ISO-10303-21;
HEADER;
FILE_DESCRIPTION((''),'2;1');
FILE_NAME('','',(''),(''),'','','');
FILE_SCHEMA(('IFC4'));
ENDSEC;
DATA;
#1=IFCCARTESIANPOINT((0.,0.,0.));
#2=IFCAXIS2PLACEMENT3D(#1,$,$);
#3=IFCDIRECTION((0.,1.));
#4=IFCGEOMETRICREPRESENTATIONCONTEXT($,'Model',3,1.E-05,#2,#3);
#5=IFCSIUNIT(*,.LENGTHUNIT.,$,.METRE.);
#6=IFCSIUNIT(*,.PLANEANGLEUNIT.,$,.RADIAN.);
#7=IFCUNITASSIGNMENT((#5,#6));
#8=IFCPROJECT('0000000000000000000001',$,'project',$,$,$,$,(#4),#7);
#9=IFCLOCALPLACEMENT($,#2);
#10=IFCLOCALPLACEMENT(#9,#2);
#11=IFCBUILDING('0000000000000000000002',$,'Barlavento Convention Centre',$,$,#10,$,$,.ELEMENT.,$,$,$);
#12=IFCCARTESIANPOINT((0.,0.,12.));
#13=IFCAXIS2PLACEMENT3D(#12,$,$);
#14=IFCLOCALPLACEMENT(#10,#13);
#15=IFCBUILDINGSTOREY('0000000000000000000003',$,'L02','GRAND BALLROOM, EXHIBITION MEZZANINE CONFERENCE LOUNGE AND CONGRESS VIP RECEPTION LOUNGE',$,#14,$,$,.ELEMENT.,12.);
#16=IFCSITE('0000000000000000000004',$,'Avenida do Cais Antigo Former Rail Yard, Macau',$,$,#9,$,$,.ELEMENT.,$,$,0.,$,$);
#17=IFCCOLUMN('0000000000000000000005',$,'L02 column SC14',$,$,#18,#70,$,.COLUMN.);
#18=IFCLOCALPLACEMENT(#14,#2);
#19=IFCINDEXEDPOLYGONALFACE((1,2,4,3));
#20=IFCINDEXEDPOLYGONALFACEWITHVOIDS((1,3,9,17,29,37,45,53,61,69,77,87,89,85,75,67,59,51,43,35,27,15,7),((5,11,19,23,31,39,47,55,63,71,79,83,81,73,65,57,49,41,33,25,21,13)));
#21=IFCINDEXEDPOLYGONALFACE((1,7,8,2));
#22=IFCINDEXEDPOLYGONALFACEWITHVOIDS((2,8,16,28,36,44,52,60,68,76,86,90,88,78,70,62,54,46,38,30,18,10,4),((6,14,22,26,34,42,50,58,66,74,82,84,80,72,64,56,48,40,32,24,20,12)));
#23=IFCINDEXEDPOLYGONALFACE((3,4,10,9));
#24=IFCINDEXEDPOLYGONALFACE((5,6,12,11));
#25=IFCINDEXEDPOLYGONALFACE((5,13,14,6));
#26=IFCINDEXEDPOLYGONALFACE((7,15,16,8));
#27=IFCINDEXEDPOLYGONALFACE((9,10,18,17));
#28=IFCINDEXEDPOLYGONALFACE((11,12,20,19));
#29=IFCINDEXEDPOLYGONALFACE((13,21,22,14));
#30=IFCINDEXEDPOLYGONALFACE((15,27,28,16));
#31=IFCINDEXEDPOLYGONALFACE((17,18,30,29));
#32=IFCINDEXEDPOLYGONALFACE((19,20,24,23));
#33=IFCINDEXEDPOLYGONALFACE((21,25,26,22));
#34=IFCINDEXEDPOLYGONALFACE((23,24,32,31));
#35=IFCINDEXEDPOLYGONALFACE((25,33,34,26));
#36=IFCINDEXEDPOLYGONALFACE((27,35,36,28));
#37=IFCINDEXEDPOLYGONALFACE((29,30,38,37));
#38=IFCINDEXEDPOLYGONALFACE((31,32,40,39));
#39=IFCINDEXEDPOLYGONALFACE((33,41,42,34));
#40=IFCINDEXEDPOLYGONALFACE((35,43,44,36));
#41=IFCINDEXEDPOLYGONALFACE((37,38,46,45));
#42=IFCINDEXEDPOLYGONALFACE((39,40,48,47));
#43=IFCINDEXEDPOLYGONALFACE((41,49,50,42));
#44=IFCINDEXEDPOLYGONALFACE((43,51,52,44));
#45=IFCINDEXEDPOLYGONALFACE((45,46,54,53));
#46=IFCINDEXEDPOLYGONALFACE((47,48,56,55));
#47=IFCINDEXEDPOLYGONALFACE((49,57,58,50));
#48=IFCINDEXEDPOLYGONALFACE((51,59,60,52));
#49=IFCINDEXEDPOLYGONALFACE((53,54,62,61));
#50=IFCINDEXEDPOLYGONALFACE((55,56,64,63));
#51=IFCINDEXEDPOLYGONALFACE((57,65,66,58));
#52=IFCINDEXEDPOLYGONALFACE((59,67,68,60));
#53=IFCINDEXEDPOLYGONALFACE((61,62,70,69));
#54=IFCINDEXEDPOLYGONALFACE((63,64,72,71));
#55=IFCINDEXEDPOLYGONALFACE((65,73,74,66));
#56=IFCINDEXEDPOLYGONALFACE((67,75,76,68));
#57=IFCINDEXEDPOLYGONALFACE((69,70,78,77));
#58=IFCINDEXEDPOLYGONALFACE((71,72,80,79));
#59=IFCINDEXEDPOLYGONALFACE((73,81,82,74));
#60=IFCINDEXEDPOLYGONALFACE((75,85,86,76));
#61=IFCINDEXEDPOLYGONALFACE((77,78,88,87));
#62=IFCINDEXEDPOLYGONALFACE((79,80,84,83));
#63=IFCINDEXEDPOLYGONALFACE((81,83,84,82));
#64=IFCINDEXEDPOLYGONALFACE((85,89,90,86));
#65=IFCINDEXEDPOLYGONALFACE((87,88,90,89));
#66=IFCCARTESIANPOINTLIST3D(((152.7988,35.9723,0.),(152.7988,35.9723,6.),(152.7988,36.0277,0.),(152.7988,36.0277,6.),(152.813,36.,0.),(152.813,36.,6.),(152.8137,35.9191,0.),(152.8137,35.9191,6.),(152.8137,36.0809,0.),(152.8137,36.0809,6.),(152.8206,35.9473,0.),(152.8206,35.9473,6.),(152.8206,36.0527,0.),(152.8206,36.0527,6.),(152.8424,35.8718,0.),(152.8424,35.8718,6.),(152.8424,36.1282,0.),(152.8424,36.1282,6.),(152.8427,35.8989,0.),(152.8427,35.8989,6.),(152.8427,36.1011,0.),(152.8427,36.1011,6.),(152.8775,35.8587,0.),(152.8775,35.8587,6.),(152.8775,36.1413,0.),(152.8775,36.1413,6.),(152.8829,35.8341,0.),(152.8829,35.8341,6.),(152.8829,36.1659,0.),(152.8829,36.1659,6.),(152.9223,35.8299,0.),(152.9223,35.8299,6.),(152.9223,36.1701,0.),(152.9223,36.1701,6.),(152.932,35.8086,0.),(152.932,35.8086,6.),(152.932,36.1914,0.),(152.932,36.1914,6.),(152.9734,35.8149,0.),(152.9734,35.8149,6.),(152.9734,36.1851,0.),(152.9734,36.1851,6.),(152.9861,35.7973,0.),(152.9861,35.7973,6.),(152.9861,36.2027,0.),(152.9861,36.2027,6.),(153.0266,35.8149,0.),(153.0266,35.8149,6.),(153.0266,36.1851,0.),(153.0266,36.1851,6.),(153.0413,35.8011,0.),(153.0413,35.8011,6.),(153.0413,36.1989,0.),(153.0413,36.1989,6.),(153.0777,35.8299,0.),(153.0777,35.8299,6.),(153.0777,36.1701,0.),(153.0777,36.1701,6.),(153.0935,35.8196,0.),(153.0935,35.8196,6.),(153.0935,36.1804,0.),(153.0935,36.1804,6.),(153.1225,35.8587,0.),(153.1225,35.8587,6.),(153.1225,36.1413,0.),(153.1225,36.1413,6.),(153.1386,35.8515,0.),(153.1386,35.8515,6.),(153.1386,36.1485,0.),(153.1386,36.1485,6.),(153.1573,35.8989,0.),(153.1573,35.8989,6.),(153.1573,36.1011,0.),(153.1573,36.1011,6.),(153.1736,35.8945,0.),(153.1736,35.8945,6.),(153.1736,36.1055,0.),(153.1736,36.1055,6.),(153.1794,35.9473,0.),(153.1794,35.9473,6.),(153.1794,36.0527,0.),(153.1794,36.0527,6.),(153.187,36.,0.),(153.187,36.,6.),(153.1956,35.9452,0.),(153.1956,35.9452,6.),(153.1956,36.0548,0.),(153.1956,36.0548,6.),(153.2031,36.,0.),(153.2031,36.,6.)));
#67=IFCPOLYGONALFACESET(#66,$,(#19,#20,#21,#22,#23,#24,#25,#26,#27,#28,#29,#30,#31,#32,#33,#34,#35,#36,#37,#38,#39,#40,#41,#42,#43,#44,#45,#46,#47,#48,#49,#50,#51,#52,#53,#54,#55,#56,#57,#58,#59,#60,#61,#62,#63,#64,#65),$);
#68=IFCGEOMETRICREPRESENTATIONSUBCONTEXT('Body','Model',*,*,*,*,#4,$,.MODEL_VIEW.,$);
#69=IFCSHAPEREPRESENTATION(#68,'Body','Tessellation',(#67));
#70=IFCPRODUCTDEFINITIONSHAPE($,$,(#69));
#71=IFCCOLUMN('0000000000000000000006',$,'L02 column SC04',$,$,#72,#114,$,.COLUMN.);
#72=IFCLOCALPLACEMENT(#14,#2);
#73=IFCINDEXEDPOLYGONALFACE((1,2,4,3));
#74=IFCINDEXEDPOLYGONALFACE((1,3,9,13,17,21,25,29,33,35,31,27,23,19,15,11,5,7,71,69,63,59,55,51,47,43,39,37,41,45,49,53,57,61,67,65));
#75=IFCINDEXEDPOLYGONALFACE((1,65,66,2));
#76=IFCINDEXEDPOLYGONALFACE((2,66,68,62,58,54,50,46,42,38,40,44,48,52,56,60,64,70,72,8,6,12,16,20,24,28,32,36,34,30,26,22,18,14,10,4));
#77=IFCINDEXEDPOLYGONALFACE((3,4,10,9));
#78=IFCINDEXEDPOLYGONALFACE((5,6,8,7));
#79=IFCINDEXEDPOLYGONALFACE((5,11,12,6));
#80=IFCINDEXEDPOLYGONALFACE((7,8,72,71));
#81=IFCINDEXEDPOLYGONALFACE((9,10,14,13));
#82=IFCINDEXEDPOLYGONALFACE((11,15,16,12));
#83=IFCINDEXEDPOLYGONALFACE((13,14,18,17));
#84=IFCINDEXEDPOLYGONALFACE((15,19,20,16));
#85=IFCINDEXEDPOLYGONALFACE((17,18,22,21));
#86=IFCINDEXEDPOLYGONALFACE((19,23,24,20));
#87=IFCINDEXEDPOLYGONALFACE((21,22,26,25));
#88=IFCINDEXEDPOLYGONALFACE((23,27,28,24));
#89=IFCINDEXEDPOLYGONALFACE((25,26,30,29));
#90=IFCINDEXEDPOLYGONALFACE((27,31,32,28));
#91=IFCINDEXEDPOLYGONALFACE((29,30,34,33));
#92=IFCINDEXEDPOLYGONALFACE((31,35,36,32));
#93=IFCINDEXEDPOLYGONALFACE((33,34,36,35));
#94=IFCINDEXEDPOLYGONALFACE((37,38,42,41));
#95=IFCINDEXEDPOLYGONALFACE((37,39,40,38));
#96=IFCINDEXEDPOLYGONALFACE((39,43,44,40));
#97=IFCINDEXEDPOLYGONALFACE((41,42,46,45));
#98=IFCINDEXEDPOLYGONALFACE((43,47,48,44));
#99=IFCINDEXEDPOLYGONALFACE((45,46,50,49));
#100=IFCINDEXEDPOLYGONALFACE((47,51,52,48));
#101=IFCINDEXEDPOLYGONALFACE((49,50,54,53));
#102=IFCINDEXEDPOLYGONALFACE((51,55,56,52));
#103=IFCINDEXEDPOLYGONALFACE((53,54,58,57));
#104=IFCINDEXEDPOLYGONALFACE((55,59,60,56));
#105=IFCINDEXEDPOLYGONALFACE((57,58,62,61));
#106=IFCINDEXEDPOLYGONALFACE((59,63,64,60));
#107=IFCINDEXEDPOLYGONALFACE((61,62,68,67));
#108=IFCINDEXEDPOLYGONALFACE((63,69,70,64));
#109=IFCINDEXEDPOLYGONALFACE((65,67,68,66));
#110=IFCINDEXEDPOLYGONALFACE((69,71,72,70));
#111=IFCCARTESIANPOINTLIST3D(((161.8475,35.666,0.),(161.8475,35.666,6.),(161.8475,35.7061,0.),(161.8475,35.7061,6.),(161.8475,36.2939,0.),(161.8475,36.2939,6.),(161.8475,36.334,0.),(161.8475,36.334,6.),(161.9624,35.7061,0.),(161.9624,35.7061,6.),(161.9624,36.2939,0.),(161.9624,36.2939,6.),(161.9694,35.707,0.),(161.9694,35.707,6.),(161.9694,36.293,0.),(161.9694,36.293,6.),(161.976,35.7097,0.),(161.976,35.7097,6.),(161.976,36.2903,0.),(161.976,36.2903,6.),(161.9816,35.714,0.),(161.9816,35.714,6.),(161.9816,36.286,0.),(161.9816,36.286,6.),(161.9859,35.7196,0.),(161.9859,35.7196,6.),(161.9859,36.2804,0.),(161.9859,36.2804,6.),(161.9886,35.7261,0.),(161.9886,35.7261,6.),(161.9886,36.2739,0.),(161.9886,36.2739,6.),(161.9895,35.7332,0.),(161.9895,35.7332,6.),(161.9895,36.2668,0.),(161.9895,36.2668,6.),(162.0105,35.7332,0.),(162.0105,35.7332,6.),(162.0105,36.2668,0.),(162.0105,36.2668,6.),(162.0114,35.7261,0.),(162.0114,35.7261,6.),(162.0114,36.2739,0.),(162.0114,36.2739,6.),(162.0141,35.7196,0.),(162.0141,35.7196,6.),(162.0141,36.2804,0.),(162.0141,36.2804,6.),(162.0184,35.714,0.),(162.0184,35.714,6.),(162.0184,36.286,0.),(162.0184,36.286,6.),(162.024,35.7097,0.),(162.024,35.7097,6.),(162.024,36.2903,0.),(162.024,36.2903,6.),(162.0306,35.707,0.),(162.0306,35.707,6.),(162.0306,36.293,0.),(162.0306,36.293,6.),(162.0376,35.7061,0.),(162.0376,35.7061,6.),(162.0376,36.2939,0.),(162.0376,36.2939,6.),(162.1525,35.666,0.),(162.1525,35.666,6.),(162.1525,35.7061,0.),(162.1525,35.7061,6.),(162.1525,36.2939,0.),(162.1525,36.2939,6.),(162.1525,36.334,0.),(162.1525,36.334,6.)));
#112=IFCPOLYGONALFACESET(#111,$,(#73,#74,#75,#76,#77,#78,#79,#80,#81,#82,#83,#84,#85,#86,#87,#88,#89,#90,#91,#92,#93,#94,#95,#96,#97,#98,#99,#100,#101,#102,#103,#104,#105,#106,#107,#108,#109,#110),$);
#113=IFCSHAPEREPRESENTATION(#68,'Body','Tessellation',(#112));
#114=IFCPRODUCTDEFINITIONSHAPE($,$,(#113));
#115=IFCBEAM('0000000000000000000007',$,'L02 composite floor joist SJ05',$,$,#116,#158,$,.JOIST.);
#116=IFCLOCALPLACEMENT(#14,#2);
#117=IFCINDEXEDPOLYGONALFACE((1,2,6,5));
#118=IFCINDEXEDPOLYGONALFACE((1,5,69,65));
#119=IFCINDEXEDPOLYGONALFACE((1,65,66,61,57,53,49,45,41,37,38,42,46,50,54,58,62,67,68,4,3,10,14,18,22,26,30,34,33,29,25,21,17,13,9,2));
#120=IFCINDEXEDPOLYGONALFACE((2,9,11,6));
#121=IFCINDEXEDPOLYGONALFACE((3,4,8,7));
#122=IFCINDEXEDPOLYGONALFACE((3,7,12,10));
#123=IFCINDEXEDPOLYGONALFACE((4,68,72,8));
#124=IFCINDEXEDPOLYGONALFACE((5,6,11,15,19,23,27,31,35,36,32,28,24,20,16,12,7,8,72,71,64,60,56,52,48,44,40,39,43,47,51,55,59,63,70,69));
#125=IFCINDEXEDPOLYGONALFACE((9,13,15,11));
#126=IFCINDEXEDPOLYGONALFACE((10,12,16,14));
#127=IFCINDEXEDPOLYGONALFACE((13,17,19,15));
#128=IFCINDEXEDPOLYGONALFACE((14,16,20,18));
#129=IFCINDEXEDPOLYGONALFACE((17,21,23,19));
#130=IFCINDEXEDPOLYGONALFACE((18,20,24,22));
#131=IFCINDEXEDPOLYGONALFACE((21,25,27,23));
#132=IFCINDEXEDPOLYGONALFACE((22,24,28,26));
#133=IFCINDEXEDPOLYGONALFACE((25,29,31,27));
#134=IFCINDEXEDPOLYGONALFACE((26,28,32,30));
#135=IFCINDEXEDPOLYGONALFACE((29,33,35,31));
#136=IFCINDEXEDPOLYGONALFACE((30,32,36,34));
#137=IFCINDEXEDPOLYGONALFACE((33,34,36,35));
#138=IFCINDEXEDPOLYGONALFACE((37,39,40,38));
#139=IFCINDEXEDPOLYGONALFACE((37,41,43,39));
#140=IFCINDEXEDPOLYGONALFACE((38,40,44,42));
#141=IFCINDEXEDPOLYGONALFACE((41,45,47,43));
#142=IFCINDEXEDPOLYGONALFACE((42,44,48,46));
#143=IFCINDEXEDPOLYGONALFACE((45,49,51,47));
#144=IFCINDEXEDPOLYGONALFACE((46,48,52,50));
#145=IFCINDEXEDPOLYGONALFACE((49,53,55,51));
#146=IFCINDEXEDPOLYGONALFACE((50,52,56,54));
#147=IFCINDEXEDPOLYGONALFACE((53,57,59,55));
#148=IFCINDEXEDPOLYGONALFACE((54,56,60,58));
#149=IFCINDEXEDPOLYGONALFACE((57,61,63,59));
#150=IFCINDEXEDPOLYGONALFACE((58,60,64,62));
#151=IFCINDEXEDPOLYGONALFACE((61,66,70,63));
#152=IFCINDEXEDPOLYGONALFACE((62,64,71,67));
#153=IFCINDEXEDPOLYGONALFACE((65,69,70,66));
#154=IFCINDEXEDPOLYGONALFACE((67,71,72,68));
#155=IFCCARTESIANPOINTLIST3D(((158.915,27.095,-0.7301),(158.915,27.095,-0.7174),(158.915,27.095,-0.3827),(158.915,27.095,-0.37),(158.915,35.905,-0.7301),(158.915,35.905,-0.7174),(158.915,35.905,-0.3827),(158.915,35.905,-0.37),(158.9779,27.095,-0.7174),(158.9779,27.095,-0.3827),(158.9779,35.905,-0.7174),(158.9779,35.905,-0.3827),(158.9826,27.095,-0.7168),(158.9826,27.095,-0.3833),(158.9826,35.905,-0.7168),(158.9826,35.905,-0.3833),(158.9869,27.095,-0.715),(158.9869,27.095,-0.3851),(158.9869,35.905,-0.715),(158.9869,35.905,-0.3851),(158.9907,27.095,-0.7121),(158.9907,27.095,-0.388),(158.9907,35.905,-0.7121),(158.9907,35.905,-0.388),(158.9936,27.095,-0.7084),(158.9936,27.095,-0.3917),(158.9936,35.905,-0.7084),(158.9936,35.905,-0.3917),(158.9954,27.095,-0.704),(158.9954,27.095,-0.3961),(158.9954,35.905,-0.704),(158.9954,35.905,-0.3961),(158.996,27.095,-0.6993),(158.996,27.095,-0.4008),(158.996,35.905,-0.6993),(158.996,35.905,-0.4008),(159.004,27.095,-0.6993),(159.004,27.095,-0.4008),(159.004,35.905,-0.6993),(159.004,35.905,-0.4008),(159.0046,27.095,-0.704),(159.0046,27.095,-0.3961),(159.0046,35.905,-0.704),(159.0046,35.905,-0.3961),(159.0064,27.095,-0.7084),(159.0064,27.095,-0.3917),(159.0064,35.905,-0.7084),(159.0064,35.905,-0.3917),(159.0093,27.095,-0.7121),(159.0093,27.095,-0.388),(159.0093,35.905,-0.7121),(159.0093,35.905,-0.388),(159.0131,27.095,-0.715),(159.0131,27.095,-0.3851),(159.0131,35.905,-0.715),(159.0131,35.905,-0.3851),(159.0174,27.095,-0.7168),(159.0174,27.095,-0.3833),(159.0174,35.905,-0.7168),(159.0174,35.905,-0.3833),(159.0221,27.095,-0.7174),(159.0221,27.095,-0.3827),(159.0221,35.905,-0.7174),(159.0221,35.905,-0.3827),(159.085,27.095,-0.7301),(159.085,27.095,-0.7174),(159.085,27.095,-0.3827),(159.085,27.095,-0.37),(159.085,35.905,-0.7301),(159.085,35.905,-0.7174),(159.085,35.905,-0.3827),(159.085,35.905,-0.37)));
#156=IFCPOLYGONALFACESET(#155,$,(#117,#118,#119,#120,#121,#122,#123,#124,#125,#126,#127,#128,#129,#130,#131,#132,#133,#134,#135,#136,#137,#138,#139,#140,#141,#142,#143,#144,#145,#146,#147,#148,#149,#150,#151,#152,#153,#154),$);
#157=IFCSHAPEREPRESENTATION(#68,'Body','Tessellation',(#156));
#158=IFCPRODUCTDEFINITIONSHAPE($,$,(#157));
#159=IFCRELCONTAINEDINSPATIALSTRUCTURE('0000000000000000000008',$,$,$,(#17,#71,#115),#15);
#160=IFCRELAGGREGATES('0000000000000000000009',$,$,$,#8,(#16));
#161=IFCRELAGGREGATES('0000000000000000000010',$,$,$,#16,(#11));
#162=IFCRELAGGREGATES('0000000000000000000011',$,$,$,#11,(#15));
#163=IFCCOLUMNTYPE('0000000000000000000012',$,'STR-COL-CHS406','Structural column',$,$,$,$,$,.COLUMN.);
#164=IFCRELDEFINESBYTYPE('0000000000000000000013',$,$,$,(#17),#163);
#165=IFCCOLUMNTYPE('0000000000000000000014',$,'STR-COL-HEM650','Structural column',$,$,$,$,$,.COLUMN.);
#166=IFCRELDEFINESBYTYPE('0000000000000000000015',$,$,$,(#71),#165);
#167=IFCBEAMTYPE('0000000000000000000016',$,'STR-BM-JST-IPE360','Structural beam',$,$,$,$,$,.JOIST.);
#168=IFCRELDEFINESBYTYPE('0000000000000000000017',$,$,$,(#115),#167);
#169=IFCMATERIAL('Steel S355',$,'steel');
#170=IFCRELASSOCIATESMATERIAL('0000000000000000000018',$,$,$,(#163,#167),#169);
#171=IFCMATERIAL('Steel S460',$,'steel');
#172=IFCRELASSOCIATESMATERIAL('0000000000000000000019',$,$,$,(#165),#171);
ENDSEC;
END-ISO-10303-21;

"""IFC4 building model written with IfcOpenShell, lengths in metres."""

from ifc_helpers import new_model, si_unit, direction, frame, origin, origin_2d, place, context, subcontext, project, spatial, hollow_circle, i_section, extrude, material, material_profile, profile_set, type_object, element, save


model = new_model("IFC4")

# Units and contexts
model_context = context("Model", 3, precision=1e-05, world=origin(), true_north=direction((0.0, 1.0)))
body_context = subcontext(model_context, "Body", "Model", "MODEL_VIEW")
ifc_project = project(units=[si_unit("LENGTHUNIT", "METRE"), si_unit("PLANEANGLEUNIT", "RADIAN")], contexts=[model_context])

# Site, building, storey
site_placement = place(None, origin())
site = spatial("IfcSite", under=ifc_project, at=site_placement, Name="Avenida do Cais Antigo Former Rail Yard, Macau", CompositionType="ELEMENT", RefElevation=0.0)
building_placement = place(site_placement, origin())
building = spatial("IfcBuilding", under=site, at=building_placement, Name="Barlavento Convention Centre", CompositionType="ELEMENT")
storey_placement = place(building_placement, frame((0.0, 0.0, 12.0)))
storey = spatial("IfcBuildingStorey", under=building, at=storey_placement, Name="L02", Description="GRAND BALLROOM, EXHIBITION MEZZANINE CONFERENCE LOUNGE AND CONGRESS VIP RECEPTION LOUNGE", CompositionType="ELEMENT", Elevation=12.0)

# Columns
ifc_material_1 = material(Name="Steel S355", Category="steel")
ifc_material_profile_1 = material_profile(ifc_material_1, hollow_circle(Radius=0.2031, WallThickness=0.0161, at=origin_2d()), Name="CHS 406.4x16.0")
ifc_profile_set_1 = profile_set([ifc_material_profile_1], Name="Steel S355")
column_type_1 = type_object("IfcColumnType", Name="STR-COL-CHS406", Description="Structural column", PredefinedType="COLUMN", material=ifc_profile_set_1)
column_1_placement = place(storey_placement, frame((153.0, 36.0, 0.0), z_axis=(0.0, 0.0, 1.0), x_axis=(1.0, 0.0, 0.0)))
element("IfcColumn", 1, at=column_1_placement, inside=storey, type_object=column_type_1, Name="L02 column SC14", PredefinedType="COLUMN", context=body_context, shape_type="SweptSolid", body=[
    extrude(hollow_circle(Radius=0.2031, WallThickness=0.0161, at=origin_2d()), origin(), (0.0, 0.0, 1.0), 6.0),
])
ifc_material_2 = material(Name="Steel S460", Category="steel")
ifc_material_profile_2 = material_profile(ifc_material_2, i_section(OverallWidth=0.3049, OverallDepth=0.668, WebThickness=0.021, FlangeThickness=0.04, FilletRadius=0.0271, at=origin_2d()), Name="HEM 650")
ifc_profile_set_2 = profile_set([ifc_material_profile_2], Name="Steel S460")
column_type_2 = type_object("IfcColumnType", Name="STR-COL-HEM650", Description="Structural column", PredefinedType="COLUMN", material=ifc_profile_set_2)
column_2_placement = place(storey_placement, frame((162.0, 36.0, 0.0), z_axis=(0.0, 0.0, 1.0), x_axis=(1.0, 0.0, 0.0)))
element("IfcColumn", 2, at=column_2_placement, inside=storey, type_object=column_type_2, Name="L02 column SC04", PredefinedType="COLUMN", context=body_context, shape_type="SweptSolid", body=[
    extrude(i_section(OverallWidth=0.3049, OverallDepth=0.668, WebThickness=0.021, FlangeThickness=0.04, FilletRadius=0.0271, at=origin_2d()), origin(), (0.0, 0.0, 1.0), 6.0),
])

# Beam
ifc_material_profile_3 = material_profile(ifc_material_1, i_section(OverallWidth=0.1699, OverallDepth=0.3601, WebThickness=0.0081, FlangeThickness=0.0127, FilletRadius=0.0181, at=origin_2d()), Name="IPE 360")
ifc_profile_set_3 = profile_set([ifc_material_profile_3], Name="Steel S355")
beam_type_1 = type_object("IfcBeamType", Name="STR-BM-JST-IPE360", Description="Structural beam", PredefinedType="JOIST", material=ifc_profile_set_3)
for number, where, z_axis, x_axis, name in (
    (3, (159.0, 27.095, -0.55), (0.0, 1.0, 0.0), (-1.0, 0.0, 0.0), "L02 composite floor joist SJ05"),
):
    element("IfcBeam", number, at=place(storey_placement, frame(where, z_axis=z_axis, x_axis=x_axis)), inside=storey, type_object=beam_type_1, Name=name, PredefinedType="JOIST", context=body_context, shape_type="SweptSolid", body=[
        extrude(i_section(OverallWidth=0.1699, OverallDepth=0.3601, WebThickness=0.0081, FlangeThickness=0.0127, FilletRadius=0.0181, at=origin_2d()), origin(), (0.0, 0.0, 1.0), 8.8101),
    ])

save(model, "model.ifc")
